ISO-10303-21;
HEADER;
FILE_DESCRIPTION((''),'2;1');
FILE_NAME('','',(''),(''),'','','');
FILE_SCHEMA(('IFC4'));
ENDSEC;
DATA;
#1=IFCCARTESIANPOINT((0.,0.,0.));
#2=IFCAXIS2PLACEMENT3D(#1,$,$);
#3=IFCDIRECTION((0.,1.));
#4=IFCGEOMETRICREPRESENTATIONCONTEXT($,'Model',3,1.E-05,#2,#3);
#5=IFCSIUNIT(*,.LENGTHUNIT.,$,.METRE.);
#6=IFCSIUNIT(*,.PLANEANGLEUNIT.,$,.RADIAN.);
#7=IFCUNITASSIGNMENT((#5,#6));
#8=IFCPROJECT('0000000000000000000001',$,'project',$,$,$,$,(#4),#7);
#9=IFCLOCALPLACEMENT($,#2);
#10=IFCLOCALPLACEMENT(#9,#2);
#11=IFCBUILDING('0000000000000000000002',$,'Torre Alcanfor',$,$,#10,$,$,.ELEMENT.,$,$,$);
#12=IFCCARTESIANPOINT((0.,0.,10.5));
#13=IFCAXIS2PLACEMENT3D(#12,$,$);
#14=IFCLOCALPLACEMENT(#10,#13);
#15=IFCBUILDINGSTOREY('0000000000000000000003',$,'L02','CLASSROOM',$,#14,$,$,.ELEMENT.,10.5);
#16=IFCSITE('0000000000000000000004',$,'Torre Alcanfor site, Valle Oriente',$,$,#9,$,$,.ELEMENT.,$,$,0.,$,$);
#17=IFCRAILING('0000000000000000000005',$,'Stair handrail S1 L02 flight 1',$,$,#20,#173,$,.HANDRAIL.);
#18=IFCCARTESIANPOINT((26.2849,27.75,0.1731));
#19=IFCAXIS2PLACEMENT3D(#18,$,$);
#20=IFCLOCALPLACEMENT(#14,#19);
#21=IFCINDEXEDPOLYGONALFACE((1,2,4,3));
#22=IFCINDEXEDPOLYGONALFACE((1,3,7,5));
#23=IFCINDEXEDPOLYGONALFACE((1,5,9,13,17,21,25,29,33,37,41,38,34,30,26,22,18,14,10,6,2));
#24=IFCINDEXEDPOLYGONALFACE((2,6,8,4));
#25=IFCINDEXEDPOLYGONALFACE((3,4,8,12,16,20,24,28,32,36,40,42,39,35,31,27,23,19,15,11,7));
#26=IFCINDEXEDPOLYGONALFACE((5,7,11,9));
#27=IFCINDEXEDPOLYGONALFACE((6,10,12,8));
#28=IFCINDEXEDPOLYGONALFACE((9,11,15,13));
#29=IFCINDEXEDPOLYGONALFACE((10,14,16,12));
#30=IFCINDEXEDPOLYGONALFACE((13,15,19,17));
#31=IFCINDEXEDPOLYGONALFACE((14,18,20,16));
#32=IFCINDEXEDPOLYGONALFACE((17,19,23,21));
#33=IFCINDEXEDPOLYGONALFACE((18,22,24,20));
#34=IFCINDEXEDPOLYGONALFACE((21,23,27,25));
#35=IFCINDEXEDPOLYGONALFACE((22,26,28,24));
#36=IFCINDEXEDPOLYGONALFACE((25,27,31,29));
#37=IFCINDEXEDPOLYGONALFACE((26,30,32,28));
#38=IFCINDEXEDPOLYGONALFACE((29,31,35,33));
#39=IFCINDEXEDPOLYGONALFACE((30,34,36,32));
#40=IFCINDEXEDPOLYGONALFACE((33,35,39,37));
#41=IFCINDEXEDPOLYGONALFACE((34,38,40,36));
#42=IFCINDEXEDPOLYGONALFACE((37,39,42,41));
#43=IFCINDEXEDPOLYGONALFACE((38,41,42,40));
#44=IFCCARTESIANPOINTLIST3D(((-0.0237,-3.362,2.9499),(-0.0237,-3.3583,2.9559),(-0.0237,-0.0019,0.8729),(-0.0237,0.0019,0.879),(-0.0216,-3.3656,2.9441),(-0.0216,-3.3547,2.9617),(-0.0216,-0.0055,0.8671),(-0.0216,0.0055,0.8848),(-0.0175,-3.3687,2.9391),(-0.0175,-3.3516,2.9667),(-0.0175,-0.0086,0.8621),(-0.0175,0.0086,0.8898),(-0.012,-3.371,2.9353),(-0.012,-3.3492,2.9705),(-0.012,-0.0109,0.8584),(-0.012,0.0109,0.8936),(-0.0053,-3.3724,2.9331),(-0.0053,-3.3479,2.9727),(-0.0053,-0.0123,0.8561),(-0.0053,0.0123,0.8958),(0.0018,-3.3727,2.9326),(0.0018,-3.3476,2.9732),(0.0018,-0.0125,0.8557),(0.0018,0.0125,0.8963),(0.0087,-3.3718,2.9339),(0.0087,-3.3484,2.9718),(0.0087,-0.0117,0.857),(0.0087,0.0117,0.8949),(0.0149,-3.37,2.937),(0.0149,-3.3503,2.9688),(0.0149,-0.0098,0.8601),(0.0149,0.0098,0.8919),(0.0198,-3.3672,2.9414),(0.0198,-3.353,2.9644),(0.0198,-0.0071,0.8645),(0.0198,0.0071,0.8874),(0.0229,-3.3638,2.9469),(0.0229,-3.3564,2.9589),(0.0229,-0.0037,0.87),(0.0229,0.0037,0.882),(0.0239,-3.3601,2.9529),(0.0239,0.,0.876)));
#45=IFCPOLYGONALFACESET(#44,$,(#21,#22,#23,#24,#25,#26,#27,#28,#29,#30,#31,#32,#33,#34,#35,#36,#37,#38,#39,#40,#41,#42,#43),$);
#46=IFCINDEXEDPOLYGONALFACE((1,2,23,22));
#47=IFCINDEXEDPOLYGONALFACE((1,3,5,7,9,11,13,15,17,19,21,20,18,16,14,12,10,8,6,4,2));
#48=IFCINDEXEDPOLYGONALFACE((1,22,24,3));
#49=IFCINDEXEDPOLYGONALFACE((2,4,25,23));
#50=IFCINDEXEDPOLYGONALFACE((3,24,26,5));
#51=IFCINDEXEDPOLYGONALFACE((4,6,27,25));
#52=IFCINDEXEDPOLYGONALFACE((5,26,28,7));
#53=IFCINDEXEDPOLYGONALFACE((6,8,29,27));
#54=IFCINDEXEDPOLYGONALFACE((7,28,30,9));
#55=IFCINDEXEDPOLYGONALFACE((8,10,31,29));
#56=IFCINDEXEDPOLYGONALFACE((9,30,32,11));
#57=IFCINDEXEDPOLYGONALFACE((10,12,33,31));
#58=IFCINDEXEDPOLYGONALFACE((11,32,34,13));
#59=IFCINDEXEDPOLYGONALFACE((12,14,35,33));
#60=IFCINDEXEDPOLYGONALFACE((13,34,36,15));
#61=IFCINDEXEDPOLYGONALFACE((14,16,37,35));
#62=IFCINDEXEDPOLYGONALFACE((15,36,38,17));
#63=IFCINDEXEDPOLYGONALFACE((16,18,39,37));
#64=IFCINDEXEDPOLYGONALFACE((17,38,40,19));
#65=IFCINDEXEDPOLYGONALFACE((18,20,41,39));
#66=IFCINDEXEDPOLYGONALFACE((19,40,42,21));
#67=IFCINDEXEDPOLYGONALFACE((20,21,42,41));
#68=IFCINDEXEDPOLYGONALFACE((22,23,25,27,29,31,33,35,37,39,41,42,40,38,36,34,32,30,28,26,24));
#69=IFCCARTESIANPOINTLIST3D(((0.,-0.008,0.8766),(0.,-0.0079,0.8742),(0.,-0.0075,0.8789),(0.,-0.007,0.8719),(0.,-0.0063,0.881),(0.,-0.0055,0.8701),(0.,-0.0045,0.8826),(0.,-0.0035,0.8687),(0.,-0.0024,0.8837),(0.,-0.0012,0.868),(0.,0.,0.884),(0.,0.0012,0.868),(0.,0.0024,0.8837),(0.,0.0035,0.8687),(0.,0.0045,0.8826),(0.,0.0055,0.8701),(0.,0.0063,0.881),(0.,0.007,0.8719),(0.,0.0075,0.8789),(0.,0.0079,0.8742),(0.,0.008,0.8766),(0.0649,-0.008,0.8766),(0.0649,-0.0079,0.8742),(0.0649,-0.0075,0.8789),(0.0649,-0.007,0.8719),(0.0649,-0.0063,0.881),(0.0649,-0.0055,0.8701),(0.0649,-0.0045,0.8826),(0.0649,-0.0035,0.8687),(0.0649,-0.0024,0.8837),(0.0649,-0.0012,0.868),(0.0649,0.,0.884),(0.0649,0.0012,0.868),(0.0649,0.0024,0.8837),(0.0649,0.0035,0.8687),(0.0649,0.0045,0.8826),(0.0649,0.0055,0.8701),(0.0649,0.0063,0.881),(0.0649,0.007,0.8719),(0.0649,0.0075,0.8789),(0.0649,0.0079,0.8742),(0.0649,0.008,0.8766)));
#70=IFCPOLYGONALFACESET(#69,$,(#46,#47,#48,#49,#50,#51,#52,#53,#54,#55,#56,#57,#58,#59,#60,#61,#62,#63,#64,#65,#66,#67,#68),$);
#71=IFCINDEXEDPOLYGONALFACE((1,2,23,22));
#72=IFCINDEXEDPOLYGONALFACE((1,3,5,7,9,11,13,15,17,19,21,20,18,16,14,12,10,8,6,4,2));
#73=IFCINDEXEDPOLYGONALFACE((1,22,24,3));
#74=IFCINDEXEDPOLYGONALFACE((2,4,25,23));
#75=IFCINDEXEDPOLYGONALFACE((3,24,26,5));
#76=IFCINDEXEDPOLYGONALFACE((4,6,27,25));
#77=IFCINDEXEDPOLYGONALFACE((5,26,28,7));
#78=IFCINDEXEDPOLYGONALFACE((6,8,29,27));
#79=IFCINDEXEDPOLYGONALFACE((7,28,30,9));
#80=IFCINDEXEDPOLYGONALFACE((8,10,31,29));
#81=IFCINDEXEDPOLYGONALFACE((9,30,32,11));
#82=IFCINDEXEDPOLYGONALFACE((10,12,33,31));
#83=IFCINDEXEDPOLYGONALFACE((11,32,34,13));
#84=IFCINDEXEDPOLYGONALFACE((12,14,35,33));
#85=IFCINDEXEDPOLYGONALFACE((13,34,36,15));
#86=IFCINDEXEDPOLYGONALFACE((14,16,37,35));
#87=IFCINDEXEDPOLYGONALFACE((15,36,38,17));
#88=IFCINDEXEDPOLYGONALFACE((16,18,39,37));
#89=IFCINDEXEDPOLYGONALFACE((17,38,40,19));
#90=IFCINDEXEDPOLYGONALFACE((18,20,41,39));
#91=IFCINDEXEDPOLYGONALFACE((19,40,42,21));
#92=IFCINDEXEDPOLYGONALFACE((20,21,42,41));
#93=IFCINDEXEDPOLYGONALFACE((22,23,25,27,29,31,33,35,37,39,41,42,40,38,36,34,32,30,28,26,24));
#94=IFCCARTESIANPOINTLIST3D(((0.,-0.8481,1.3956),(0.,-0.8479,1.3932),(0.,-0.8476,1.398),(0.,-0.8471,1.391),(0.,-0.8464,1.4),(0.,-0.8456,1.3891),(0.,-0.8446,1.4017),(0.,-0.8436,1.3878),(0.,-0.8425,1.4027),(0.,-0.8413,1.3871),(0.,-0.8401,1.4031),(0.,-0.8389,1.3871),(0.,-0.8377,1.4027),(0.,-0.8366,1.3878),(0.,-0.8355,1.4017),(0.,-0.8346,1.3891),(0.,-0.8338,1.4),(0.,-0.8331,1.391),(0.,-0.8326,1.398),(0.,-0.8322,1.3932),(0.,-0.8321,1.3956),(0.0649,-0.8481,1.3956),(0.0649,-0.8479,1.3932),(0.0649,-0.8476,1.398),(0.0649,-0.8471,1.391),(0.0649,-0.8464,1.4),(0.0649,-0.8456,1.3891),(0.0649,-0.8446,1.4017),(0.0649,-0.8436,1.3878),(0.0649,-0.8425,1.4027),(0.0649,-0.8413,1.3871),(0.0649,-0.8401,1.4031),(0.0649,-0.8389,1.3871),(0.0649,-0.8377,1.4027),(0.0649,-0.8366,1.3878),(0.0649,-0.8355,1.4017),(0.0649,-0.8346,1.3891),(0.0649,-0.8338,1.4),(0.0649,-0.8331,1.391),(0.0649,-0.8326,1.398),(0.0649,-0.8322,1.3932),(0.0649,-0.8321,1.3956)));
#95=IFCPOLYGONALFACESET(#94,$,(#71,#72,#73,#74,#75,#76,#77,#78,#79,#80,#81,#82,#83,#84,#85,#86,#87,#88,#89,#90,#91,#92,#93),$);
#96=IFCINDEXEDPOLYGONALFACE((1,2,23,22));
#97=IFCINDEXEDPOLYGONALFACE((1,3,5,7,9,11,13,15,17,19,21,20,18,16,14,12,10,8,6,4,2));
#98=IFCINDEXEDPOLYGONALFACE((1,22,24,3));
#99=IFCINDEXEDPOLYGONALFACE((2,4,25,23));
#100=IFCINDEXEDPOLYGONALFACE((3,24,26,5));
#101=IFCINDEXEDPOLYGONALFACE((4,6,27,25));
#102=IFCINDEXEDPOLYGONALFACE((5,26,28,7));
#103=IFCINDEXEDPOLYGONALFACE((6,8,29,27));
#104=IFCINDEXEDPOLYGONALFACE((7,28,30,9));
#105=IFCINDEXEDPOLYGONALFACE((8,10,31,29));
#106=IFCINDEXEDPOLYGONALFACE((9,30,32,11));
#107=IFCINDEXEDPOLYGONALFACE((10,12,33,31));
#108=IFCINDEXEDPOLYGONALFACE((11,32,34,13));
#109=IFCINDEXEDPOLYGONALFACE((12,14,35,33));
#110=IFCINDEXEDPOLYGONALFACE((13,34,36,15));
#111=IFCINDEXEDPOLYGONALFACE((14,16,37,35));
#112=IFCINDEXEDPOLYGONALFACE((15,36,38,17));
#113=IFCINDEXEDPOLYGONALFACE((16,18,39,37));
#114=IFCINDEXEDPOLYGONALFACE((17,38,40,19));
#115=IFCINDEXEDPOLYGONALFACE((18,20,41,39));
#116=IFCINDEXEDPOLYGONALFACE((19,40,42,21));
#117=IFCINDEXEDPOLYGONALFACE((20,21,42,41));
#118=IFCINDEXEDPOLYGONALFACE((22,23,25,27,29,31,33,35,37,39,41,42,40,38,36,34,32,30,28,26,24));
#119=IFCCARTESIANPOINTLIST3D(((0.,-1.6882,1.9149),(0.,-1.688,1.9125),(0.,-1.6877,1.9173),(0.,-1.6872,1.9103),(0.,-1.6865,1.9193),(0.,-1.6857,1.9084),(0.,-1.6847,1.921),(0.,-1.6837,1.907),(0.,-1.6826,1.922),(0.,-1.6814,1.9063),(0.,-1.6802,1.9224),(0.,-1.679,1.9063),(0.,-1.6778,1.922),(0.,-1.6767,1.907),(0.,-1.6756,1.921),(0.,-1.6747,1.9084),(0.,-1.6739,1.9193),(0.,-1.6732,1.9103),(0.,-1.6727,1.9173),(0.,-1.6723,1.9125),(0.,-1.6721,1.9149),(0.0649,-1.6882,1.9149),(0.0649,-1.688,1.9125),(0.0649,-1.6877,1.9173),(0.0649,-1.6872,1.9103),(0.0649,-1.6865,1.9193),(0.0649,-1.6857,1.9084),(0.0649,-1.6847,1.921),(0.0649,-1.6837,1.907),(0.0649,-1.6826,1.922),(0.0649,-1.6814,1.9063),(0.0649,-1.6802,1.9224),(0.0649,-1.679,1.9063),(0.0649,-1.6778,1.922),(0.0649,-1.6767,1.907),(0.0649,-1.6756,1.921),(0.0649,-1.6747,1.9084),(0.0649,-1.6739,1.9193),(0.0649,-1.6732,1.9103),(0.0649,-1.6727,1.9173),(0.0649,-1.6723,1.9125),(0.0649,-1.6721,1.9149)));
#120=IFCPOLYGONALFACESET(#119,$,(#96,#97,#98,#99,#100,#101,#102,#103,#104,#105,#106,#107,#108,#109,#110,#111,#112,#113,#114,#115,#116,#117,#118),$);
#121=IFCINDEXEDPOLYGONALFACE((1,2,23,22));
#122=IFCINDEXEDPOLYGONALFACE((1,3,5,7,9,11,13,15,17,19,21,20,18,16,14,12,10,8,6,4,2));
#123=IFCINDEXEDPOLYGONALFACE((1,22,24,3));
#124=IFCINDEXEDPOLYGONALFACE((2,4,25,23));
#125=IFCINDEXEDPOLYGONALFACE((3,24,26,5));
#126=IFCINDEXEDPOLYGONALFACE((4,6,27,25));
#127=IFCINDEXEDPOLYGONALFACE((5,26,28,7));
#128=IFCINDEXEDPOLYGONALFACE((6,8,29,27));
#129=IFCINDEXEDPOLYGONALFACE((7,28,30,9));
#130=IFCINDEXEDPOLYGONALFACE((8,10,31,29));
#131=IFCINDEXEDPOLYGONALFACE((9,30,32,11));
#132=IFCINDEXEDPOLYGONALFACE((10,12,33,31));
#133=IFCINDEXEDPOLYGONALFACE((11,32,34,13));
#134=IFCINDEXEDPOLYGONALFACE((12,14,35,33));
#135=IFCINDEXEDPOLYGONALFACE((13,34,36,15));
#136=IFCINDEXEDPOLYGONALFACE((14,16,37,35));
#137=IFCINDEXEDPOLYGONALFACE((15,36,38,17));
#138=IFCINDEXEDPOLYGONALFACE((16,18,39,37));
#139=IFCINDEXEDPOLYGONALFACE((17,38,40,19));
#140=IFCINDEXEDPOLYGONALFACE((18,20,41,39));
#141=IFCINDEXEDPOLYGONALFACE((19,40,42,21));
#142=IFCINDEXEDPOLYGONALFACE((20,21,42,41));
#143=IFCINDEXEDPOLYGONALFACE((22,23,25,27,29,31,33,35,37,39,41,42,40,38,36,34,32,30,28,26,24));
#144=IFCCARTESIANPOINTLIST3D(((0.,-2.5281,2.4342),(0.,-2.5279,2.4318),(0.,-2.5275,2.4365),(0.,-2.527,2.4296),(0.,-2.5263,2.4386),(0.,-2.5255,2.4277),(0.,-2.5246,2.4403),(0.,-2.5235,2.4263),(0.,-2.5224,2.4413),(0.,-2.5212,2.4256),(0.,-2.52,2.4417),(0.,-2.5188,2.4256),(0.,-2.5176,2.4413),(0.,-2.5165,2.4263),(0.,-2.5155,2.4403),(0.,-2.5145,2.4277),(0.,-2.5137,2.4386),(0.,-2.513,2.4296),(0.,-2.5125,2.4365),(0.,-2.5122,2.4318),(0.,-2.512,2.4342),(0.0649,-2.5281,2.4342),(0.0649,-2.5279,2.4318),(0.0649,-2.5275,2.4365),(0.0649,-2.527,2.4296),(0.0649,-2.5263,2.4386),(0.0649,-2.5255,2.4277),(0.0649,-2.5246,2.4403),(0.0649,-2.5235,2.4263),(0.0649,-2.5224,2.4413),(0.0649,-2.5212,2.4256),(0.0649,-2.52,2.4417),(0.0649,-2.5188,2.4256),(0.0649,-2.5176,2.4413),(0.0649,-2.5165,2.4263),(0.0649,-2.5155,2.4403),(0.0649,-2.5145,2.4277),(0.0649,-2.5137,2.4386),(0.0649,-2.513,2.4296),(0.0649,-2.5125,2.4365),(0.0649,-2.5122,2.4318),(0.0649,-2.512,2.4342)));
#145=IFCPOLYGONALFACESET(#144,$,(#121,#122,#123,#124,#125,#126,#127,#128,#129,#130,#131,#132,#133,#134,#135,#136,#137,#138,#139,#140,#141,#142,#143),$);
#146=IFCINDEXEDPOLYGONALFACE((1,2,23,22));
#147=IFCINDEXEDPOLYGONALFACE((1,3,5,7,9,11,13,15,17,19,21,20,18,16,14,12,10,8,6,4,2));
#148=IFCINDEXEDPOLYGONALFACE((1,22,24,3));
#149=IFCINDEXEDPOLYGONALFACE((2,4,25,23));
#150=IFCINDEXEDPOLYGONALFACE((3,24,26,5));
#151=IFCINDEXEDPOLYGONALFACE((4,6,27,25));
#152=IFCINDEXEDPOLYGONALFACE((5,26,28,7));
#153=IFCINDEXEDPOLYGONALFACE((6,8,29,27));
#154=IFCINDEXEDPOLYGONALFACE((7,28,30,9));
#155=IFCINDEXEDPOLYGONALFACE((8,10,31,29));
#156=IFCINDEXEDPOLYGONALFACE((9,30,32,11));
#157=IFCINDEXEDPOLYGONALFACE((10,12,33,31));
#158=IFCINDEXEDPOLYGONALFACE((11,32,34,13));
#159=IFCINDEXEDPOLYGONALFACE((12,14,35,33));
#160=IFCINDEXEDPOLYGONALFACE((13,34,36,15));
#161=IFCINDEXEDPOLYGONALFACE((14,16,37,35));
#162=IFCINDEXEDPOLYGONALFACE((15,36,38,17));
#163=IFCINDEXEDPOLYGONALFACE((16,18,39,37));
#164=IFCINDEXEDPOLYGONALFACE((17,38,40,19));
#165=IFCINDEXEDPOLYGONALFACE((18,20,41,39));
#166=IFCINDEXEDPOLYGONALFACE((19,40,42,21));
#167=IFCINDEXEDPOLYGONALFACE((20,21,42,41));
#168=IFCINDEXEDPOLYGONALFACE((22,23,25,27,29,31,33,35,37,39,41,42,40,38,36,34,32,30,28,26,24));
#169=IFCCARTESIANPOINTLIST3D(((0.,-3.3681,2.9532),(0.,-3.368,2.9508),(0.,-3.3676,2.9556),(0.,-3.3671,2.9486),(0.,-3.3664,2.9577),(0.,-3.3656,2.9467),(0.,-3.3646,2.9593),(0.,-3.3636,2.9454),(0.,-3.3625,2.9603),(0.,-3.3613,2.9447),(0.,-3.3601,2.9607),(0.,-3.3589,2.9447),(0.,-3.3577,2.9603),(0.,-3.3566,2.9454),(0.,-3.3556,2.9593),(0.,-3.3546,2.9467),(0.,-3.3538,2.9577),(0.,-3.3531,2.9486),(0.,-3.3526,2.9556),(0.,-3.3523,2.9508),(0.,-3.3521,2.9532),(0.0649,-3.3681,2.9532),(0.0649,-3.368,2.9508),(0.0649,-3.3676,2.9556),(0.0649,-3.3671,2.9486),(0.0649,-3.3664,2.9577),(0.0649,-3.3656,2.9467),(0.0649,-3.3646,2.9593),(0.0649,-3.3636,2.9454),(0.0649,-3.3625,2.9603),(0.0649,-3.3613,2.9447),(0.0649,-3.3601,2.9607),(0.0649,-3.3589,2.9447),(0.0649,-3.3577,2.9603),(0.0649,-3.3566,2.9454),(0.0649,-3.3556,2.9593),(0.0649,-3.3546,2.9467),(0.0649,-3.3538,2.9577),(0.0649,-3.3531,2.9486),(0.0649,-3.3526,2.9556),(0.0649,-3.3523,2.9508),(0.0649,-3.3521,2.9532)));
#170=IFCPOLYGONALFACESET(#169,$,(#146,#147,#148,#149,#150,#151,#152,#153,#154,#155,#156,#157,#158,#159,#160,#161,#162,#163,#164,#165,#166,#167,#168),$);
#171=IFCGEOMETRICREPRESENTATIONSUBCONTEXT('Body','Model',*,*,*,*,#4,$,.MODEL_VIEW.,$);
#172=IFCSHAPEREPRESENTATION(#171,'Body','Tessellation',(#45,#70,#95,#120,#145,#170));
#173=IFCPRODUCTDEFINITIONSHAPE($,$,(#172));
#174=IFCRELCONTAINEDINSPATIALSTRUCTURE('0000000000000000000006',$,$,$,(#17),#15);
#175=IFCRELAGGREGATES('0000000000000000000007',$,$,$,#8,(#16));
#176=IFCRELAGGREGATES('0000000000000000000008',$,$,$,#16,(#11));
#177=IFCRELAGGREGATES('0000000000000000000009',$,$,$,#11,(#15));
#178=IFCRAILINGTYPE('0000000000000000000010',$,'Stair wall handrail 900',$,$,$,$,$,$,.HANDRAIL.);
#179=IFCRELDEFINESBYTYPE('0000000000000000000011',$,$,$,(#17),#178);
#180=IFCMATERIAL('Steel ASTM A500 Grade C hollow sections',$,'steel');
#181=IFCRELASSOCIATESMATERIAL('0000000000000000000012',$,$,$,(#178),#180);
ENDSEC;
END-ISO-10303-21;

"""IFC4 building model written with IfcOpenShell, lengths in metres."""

from ifc_helpers import new_model, si_unit, direction, frame, origin, origin_2d, place, context, subcontext, project, spatial, circle, extrude, material, type_object, element, save


model = new_model("IFC4")

# Units and contexts
model_context = context("Model", 3, precision=1e-05, world=origin(), true_north=direction((0.0, 1.0)))
body_context = subcontext(model_context, "Body", "Model", "MODEL_VIEW")
ifc_project = project(units=[si_unit("LENGTHUNIT", "METRE"), si_unit("PLANEANGLEUNIT", "RADIAN")], contexts=[model_context])

# Site, building, storey
site_placement = place(None, origin())
site = spatial("IfcSite", under=ifc_project, at=site_placement, Name="Torre Alcanfor site, Valle Oriente", CompositionType="ELEMENT", RefElevation=0.0)
building_placement = place(site_placement, origin())
building = spatial("IfcBuilding", under=site, at=building_placement, Name="Torre Alcanfor", CompositionType="ELEMENT")
storey_placement = place(building_placement, frame((0.0, 0.0, 10.5)))
storey = spatial("IfcBuildingStorey", under=building, at=storey_placement, Name="L02", Description="CLASSROOM", CompositionType="ELEMENT", Elevation=10.5)

# Railing
ifc_material_1 = material(Name="Steel ASTM A500 Grade C hollow sections", Category="steel")
railing_type_1 = type_object("IfcRailingType", Name="Stair wall handrail 900", PredefinedType="HANDRAIL", material=ifc_material_1)
railing_1_placement = place(storey_placement, frame((26.2849, 27.75, 0.1731)))
element("IfcRailing", 1, at=railing_1_placement, inside=storey, type_object=railing_type_1, Name="Stair handrail S1 L02 flight 1", PredefinedType="HANDRAIL", context=body_context, shape_type="SweptSolid", body=[
    extrude(circle(Radius=0.0239, at=origin_2d()), frame((0.0, 0.0, 0.876), z_axis=(0.0, -0.850623, 0.525776), x_axis=(1.0, 0.0, 0.0)), (0.0, 0.0, 1.0), 3.9502),
    extrude(circle(Radius=0.0081, at=origin_2d()), frame((0.0, 0.0, 0.876), z_axis=(1.0, 0.0, 0.0), x_axis=(0.0, 0.0, 1.0)), (0.0, 0.0, 1.0), 0.0649),
    extrude(circle(Radius=0.0081, at=origin_2d()), frame((0.0, -0.8401, 1.395), z_axis=(1.0, 0.0, 0.0), x_axis=(0.0, 0.0, 1.0)), (0.0, 0.0, 1.0), 0.0649),
    extrude(circle(Radius=0.0081, at=origin_2d()), frame((0.0, -1.6802, 1.9143), z_axis=(1.0, 0.0, 0.0), x_axis=(0.0, 0.0, 1.0)), (0.0, 0.0, 1.0), 0.0649),
    extrude(circle(Radius=0.0081, at=origin_2d()), frame((0.0, -2.52, 2.4336), z_axis=(1.0, 0.0, 0.0), x_axis=(0.0, 0.0, 1.0)), (0.0, 0.0, 1.0), 0.0649),
    extrude(circle(Radius=0.0081, at=origin_2d()), frame((0.0, -3.3601, 2.9526), z_axis=(1.0, 0.0, 0.0), x_axis=(0.0, 0.0, 1.0)), (0.0, 0.0, 1.0), 0.0649),
])

save(model, "model.ifc")
